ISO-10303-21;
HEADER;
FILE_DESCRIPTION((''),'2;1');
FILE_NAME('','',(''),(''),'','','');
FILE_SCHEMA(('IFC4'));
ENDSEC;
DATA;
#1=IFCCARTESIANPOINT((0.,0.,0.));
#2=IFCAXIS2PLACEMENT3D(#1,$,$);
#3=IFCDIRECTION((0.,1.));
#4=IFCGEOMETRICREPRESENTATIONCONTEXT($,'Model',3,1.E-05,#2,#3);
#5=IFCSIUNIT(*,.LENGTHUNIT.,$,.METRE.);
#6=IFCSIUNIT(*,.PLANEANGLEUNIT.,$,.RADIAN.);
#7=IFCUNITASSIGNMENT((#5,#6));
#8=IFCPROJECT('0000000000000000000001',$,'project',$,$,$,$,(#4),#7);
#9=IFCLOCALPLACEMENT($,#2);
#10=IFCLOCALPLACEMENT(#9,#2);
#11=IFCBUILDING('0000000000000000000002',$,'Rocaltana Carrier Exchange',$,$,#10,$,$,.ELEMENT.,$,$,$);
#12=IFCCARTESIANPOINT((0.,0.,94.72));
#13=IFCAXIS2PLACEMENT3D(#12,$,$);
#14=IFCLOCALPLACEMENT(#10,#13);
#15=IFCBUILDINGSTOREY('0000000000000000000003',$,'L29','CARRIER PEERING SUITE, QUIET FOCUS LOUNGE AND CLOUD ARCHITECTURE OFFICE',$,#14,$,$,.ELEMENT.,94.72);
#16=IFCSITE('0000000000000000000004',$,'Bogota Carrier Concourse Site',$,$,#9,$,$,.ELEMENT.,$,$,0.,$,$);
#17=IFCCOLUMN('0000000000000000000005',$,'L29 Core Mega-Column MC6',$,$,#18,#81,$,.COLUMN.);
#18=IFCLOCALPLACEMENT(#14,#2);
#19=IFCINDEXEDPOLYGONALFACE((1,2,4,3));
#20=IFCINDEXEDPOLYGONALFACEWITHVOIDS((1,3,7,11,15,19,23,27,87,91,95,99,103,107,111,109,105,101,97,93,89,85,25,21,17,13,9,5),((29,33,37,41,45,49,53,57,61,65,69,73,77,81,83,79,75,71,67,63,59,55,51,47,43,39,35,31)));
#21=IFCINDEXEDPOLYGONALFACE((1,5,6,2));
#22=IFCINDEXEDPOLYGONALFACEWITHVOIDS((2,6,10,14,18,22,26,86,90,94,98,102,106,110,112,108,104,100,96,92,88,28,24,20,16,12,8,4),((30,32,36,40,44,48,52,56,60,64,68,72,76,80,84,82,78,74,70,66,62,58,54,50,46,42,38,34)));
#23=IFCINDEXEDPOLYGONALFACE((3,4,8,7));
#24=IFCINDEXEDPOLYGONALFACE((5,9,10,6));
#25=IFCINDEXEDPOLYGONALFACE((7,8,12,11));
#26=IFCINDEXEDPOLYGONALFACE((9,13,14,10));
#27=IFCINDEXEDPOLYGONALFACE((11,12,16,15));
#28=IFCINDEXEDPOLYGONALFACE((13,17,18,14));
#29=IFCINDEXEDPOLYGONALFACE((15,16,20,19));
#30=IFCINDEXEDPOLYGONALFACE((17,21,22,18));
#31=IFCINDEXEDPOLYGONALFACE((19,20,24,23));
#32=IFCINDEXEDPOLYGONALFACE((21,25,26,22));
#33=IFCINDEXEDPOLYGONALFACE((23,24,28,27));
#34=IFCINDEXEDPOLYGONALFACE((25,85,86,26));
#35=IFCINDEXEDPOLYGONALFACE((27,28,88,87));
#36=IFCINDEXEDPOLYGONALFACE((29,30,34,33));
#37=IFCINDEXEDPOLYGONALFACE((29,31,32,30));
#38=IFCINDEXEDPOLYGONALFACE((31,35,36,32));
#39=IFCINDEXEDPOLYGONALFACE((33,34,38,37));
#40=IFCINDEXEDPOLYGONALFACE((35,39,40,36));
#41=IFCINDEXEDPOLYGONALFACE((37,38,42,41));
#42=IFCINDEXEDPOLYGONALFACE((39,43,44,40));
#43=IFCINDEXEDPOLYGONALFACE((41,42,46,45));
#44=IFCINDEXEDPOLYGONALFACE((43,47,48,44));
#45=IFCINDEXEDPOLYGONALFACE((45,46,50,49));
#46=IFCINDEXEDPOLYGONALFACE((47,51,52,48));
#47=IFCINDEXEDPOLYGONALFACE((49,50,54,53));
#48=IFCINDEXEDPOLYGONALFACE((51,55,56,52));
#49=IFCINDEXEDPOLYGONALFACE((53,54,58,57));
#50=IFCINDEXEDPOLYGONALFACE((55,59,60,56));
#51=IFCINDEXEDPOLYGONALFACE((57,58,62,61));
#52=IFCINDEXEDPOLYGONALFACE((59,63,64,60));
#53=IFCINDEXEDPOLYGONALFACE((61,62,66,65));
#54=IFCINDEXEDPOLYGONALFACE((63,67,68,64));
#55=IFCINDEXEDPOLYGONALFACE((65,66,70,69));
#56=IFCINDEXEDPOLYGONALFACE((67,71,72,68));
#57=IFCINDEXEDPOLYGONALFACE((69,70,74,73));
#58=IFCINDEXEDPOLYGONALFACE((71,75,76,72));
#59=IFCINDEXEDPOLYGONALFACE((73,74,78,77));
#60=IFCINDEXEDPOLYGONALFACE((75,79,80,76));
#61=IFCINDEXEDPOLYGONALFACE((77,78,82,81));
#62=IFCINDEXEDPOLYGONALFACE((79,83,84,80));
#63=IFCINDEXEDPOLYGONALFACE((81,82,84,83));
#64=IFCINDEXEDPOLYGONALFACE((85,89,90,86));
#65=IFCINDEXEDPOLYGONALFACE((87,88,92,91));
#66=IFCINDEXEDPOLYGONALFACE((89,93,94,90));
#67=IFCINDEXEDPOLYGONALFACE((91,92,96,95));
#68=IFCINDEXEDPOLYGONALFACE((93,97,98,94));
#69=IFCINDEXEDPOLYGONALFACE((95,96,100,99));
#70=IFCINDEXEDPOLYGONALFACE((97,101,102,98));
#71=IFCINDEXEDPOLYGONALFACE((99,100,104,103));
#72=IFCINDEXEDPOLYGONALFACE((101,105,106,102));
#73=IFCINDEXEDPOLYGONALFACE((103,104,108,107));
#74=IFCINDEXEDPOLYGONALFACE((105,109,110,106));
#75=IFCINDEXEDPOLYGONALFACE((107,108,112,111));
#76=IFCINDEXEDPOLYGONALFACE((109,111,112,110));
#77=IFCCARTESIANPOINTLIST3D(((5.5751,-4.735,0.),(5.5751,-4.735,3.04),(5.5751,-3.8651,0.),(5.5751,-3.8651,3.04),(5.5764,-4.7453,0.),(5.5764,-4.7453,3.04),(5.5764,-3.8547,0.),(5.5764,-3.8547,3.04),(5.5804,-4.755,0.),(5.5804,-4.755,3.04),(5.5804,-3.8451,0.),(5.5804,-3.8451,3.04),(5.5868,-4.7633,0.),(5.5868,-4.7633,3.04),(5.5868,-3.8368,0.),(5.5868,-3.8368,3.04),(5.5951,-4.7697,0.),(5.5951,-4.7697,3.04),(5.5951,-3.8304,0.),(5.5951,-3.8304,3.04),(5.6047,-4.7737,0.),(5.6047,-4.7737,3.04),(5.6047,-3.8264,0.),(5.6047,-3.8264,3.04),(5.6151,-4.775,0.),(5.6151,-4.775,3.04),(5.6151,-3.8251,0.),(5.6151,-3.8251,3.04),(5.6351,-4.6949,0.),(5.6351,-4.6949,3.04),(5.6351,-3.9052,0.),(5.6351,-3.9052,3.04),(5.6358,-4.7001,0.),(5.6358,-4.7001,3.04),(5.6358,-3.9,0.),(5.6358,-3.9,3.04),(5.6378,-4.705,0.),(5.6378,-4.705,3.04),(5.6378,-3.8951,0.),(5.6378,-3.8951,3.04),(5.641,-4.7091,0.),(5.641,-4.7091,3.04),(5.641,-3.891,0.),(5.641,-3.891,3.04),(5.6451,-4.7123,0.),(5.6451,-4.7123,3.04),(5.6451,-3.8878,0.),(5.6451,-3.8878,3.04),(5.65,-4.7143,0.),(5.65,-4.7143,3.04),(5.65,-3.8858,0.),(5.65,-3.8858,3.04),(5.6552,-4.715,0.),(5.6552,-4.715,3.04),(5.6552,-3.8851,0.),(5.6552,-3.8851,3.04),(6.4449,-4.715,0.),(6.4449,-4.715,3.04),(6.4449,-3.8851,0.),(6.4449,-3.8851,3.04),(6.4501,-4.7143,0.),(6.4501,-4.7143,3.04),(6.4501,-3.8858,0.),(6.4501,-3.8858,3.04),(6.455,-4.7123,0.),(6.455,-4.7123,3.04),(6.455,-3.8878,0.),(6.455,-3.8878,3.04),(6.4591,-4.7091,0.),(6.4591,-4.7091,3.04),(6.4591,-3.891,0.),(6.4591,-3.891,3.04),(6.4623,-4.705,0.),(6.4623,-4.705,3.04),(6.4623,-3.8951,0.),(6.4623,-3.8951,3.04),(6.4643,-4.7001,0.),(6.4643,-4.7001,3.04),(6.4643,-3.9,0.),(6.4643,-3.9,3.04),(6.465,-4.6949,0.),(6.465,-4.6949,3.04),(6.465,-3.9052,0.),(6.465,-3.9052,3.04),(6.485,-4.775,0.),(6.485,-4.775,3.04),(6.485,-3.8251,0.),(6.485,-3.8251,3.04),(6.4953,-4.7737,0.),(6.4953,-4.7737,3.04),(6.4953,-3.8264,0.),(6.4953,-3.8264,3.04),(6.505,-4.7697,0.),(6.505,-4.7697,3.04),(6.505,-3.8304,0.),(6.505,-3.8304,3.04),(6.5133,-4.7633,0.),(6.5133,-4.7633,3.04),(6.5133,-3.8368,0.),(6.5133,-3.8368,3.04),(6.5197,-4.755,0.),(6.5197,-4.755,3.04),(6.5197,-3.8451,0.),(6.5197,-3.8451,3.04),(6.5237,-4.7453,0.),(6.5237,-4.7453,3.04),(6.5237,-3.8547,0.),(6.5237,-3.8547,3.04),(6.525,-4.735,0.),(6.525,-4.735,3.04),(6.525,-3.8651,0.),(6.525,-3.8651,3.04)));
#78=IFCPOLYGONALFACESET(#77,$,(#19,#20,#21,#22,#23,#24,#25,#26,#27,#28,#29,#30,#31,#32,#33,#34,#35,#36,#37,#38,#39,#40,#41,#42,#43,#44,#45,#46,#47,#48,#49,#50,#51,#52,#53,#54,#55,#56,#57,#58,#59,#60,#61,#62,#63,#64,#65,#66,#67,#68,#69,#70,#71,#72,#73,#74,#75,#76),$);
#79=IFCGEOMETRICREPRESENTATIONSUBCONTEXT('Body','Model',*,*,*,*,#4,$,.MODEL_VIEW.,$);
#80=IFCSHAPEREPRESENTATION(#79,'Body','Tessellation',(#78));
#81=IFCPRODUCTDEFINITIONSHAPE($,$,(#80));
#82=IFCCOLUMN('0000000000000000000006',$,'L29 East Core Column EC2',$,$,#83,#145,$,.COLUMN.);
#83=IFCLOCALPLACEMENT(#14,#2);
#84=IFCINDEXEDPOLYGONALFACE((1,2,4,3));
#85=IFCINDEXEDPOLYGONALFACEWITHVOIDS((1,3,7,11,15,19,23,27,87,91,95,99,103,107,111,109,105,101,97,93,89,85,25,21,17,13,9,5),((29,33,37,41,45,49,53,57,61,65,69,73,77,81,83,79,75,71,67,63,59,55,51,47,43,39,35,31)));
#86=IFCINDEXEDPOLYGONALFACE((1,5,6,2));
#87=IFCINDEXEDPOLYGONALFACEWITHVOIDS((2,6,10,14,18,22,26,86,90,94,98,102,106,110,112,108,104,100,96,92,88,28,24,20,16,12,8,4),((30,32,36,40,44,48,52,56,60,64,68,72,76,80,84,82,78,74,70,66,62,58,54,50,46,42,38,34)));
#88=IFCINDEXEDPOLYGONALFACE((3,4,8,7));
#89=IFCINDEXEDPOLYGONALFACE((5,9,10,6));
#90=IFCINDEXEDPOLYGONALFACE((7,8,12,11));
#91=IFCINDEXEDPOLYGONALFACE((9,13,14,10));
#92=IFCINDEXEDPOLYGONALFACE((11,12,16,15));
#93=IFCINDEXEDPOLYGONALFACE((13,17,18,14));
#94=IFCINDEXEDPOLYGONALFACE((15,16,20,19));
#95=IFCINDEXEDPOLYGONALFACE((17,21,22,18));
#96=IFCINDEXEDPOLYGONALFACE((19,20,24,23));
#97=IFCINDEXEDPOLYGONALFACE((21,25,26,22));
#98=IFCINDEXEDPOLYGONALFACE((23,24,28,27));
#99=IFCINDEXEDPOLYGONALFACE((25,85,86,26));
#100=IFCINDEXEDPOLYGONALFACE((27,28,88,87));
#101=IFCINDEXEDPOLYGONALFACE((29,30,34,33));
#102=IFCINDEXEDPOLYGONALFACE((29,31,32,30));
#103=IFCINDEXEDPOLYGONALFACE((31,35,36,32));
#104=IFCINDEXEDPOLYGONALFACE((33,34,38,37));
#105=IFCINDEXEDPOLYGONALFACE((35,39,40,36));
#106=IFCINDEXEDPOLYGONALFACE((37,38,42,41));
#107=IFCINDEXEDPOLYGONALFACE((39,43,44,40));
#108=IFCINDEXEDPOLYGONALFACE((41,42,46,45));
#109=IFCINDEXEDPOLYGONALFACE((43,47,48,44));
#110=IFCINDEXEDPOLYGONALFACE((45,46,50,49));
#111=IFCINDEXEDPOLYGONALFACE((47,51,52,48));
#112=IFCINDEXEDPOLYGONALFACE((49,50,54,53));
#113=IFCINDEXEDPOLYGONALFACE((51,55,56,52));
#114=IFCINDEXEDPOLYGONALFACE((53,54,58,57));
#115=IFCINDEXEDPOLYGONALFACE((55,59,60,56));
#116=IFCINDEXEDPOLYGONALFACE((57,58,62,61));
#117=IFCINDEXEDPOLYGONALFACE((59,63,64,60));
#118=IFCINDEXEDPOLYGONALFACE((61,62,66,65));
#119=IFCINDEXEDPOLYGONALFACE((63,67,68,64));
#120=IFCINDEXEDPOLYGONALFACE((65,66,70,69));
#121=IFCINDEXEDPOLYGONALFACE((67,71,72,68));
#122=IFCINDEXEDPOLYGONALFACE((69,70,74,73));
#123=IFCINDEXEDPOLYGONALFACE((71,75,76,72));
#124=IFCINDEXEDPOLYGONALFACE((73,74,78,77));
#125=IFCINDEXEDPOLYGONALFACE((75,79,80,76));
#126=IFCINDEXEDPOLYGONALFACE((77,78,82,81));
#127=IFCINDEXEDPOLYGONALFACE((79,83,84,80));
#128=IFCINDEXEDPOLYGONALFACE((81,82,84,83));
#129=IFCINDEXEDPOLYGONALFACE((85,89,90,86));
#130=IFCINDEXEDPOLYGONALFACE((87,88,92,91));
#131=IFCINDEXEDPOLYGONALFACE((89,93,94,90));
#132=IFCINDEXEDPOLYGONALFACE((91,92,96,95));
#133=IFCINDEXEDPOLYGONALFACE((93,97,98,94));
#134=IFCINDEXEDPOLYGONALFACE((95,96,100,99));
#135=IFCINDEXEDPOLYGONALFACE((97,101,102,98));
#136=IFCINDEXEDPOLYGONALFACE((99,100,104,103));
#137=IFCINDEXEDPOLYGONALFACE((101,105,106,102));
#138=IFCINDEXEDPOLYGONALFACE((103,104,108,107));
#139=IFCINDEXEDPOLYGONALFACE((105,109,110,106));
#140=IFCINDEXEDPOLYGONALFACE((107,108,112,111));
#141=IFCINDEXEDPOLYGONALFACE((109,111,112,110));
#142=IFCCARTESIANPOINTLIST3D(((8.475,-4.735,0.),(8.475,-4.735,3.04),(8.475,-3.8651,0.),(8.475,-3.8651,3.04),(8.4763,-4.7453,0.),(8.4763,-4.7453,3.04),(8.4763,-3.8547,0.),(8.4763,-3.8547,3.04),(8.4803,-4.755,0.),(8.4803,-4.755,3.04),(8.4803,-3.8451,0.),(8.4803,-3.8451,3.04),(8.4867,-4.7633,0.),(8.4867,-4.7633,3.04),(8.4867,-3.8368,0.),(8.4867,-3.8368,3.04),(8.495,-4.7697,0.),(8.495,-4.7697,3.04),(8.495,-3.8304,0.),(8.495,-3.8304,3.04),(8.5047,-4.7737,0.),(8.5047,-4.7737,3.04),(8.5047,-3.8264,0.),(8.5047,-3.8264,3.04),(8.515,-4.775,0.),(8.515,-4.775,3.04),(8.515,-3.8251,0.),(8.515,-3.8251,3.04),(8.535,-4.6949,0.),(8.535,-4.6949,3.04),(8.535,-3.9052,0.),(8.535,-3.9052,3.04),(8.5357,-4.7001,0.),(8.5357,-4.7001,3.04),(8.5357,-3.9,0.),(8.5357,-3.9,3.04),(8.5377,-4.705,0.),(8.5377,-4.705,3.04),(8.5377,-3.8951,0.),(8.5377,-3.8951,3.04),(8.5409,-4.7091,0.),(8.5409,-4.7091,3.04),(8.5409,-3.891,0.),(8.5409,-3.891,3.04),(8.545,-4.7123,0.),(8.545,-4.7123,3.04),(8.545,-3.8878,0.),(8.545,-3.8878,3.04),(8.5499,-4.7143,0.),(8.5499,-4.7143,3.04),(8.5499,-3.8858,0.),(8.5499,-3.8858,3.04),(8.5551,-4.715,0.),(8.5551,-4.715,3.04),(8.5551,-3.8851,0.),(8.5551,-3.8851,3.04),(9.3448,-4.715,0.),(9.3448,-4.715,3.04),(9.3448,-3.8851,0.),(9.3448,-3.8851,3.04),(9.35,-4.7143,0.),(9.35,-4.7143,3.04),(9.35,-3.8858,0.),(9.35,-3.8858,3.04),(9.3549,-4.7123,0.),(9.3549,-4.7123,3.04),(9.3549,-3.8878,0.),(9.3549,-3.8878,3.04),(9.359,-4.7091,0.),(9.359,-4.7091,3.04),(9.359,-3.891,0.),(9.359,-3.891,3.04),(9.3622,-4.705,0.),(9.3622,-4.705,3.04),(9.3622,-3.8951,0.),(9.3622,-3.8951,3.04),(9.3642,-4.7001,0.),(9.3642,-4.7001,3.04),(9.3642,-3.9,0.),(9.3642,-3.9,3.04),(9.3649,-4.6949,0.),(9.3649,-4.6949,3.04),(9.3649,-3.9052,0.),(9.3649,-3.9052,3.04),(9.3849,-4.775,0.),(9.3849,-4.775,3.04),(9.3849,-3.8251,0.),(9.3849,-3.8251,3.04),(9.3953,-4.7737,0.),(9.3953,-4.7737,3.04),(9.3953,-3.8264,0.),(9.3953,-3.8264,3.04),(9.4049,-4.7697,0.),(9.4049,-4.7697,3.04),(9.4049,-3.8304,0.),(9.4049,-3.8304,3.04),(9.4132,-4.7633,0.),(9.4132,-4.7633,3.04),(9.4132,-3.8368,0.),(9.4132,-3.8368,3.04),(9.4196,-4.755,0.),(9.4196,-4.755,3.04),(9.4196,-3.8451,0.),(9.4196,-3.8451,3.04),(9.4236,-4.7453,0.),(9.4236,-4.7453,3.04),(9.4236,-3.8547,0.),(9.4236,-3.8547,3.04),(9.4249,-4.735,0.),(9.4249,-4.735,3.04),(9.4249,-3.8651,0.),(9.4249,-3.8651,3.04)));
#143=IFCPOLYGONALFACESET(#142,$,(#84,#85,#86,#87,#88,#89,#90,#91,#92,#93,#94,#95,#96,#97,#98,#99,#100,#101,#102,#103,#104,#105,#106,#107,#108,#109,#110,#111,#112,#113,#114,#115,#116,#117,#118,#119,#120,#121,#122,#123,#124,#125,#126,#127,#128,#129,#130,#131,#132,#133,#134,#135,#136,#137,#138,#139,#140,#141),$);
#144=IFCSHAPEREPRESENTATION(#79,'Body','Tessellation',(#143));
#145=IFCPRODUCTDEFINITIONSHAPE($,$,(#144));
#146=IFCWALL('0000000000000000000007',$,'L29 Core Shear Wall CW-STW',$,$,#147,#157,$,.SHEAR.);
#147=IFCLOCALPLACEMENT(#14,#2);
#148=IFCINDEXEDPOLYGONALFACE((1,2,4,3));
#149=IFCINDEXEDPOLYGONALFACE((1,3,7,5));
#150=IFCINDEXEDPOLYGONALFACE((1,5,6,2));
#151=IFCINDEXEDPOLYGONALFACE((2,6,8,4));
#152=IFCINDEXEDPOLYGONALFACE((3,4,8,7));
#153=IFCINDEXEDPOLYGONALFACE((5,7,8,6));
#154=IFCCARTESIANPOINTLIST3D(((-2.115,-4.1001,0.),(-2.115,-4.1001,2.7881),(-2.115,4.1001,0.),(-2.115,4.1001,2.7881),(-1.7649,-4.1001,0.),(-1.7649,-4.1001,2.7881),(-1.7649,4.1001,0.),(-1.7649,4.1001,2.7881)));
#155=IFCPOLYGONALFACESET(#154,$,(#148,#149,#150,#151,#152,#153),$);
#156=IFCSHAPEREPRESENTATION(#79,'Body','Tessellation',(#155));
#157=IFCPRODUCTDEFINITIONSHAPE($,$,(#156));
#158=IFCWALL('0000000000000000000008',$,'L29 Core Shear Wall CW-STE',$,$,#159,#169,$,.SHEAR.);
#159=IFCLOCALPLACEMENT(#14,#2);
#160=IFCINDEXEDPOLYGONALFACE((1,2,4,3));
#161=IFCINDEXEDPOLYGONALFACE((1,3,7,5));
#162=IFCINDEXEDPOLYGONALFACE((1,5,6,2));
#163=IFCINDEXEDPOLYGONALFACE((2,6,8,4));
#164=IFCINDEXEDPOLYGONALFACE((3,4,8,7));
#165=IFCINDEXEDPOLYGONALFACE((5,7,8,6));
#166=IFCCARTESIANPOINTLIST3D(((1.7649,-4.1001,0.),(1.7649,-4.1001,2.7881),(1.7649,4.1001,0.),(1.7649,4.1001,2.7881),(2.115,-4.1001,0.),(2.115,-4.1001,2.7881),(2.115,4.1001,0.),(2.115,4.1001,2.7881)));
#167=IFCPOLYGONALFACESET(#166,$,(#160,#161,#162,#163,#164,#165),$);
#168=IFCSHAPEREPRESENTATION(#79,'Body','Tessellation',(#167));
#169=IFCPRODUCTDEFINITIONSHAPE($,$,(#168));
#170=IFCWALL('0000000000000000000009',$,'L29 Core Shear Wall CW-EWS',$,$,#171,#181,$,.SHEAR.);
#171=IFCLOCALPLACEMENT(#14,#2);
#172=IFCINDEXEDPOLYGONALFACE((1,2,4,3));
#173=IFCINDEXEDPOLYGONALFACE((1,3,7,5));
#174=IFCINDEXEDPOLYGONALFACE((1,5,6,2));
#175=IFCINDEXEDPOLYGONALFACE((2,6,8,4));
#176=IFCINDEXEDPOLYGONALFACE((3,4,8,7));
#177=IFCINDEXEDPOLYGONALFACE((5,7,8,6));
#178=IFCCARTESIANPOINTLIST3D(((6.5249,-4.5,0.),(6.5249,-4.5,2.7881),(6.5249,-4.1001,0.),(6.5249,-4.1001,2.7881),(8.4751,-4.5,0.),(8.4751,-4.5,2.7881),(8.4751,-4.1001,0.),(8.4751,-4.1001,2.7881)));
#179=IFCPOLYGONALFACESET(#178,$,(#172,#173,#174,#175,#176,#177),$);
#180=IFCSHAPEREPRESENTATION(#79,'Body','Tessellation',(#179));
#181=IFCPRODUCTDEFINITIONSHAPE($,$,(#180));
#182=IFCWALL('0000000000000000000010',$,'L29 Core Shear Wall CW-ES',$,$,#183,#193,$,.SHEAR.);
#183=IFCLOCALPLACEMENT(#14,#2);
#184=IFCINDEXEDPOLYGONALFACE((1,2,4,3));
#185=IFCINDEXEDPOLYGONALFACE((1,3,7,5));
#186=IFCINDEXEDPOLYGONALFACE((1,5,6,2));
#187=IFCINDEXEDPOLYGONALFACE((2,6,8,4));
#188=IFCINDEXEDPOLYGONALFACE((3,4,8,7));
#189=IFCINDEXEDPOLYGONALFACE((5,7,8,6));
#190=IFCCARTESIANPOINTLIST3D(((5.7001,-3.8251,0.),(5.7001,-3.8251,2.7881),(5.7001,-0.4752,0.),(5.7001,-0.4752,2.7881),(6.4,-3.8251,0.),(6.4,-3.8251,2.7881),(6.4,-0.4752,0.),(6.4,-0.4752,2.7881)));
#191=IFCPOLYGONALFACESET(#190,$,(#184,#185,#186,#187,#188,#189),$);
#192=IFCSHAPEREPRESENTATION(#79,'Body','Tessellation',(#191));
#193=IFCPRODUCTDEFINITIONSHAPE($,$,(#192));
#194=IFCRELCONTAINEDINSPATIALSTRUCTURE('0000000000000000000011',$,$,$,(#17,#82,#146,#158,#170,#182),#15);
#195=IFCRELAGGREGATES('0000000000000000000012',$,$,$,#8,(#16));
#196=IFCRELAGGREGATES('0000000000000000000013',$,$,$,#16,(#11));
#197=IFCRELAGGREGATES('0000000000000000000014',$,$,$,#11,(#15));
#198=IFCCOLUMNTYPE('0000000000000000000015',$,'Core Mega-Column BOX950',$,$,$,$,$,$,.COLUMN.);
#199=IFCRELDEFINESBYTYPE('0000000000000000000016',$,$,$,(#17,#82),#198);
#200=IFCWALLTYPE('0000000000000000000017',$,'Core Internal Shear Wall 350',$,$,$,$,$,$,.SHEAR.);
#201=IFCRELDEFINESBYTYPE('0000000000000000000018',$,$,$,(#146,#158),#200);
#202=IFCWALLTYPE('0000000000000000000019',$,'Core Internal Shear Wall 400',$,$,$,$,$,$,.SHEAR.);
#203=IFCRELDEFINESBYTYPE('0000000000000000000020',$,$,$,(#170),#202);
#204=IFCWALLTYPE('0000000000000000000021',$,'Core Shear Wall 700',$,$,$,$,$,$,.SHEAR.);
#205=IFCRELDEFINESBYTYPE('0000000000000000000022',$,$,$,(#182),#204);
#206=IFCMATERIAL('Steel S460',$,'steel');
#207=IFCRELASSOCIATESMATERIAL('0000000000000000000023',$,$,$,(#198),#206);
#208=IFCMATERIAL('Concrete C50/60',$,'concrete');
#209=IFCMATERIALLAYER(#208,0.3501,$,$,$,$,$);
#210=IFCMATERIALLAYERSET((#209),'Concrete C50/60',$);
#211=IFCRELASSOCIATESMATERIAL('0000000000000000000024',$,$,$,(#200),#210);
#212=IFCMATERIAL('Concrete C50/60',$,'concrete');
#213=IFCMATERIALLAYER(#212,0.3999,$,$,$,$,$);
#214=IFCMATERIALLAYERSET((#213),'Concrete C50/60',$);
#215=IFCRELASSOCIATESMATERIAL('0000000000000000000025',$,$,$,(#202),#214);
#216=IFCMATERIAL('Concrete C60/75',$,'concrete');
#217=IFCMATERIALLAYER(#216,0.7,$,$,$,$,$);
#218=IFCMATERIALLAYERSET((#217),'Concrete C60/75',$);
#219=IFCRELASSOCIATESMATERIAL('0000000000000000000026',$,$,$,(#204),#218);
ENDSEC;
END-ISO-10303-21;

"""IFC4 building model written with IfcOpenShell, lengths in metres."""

from ifc_helpers import new_model, si_unit, direction, frame, frame_2d, origin, origin_2d, place, context, subcontext, project, spatial, rectangle, hollow_rectangle, extrude, material, layer, layer_set, material_profile, profile_set, type_object, element, save


model = new_model("IFC4")

# Units and contexts
model_context = context("Model", 3, precision=1e-05, world=origin(), true_north=direction((0.0, 1.0)))
body_context = subcontext(model_context, "Body", "Model", "MODEL_VIEW")
ifc_project = project(units=[si_unit("LENGTHUNIT", "METRE"), si_unit("PLANEANGLEUNIT", "RADIAN")], contexts=[model_context])

# Site, building, storey
site_placement = place(None, origin())
site = spatial("IfcSite", under=ifc_project, at=site_placement, Name="Bogota Carrier Concourse Site", CompositionType="ELEMENT", RefElevation=0.0)
building_placement = place(site_placement, origin())
building = spatial("IfcBuilding", under=site, at=building_placement, Name="Rocaltana Carrier Exchange", CompositionType="ELEMENT")
storey_placement = place(building_placement, frame((0.0, 0.0, 94.72)))
storey = spatial("IfcBuildingStorey", under=building, at=storey_placement, Name="L29", Description="CARRIER PEERING SUITE, QUIET FOCUS LOUNGE AND CLOUD ARCHITECTURE OFFICE", CompositionType="ELEMENT", Elevation=94.72)

# Columns
ifc_material_1 = material(Name="Steel S460", Category="steel")
ifc_material_profile = material_profile(ifc_material_1, hollow_rectangle(XDim=0.95, YDim=0.95, WallThickness=0.0601, InnerFilletRadius=0.02, OuterFilletRadius=0.04, at=origin_2d()), Name="BOX950X950X60")
ifc_profile_set = profile_set([ifc_material_profile], Name="Steel S460")
column_type = type_object("IfcColumnType", Name="Core Mega-Column BOX950", PredefinedType="COLUMN", material=ifc_profile_set)
for number, where, z_axis, x_axis, name in (
    (1, (6.05, -4.3, 0.0), (0.0, 0.0, 1.0), (1.0, 0.0, 0.0), "L29 Core Mega-Column MC6"),
    (2, (8.95, -4.3, 0.0), (0.0, 0.0, 1.0), (1.0, 0.0, 0.0), "L29 East Core Column EC2"),
):
    element("IfcColumn", number, at=place(storey_placement, frame(where, z_axis=z_axis, x_axis=x_axis)), inside=storey, type_object=column_type, Name=name, PredefinedType="COLUMN", context=body_context, shape_type="SweptSolid", body=[
        extrude(hollow_rectangle(XDim=0.95, YDim=0.95, WallThickness=0.0601, InnerFilletRadius=0.02, OuterFilletRadius=0.04, at=origin_2d()), origin(), (0.0, 0.0, 1.0), 3.04),
    ])

# Walls
ifc_material_2 = material(Name="Concrete C50/60", Category="concrete")
ifc_layer_1 = layer(ifc_material_2, 0.3501)
ifc_layer_set_1 = layer_set([ifc_layer_1], Name="Concrete C50/60")
wall_type_1 = type_object("IfcWallType", Name="Core Internal Shear Wall 350", PredefinedType="SHEAR", material=ifc_layer_set_1)
for number, where, z_axis, x_axis, name in (
    (3, (-1.9399, -4.1001, 0.0), (0.0, 0.0, 1.0), (0.0, 1.0, 0.0), "L29 Core Shear Wall CW-STW"),
    (4, (1.9399, -4.1001, 0.0), (0.0, 0.0, 1.0), (0.0, 1.0, 0.0), "L29 Core Shear Wall CW-STE"),
):
    element("IfcWall", number, at=place(storey_placement, frame(where, z_axis=z_axis, x_axis=x_axis)), inside=storey, type_object=wall_type_1, Name=name, PredefinedType="SHEAR", context=body_context, shape_type="SweptSolid", body=[
        extrude(rectangle(XDim=8.2002, YDim=0.3501, at=frame_2d((4.1001, 0.0))), origin(), (0.0, 0.0, 1.0), 2.7881),
    ])
ifc_material_3 = material(Name="Concrete C50/60", Category="concrete")
ifc_layer_2 = layer(ifc_material_3, 0.3999)
ifc_layer_set_2 = layer_set([ifc_layer_2], Name="Concrete C50/60")
wall_type_2 = type_object("IfcWallType", Name="Core Internal Shear Wall 400", PredefinedType="SHEAR", material=ifc_layer_set_2)
wall_1_placement = place(storey_placement, frame((6.5249, -4.3, 0.0), z_axis=(0.0, 0.0, 1.0), x_axis=(1.0, 0.0, 0.0)))
element("IfcWall", 5, at=wall_1_placement, inside=storey, type_object=wall_type_2, Name="L29 Core Shear Wall CW-EWS", PredefinedType="SHEAR", context=body_context, shape_type="SweptSolid", body=[
    extrude(rectangle(XDim=1.9502, YDim=0.3999, at=frame_2d((0.9751, 0.0))), origin(), (0.0, 0.0, 1.0), 2.7881),
])
ifc_material_4 = material(Name="Concrete C60/75", Category="concrete")
ifc_layer_3 = layer(ifc_material_4, 0.7)
ifc_layer_set_3 = layer_set([ifc_layer_3], Name="Concrete C60/75")
wall_type_3 = type_object("IfcWallType", Name="Core Shear Wall 700", PredefinedType="SHEAR", material=ifc_layer_set_3)
wall_2_placement = place(storey_placement, frame((6.05, -3.825, 0.0), z_axis=(0.0, 0.0, 1.0), x_axis=(0.0, 1.0, 0.0)))
element("IfcWall", 6, at=wall_2_placement, inside=storey, type_object=wall_type_3, Name="L29 Core Shear Wall CW-ES", PredefinedType="SHEAR", context=body_context, shape_type="SweptSolid", body=[
    extrude(rectangle(XDim=3.3499, YDim=0.7, at=frame_2d((1.6748, 0.0))), origin(), (0.0, 0.0, 1.0), 2.7881),
])

save(model, "model.ifc")
